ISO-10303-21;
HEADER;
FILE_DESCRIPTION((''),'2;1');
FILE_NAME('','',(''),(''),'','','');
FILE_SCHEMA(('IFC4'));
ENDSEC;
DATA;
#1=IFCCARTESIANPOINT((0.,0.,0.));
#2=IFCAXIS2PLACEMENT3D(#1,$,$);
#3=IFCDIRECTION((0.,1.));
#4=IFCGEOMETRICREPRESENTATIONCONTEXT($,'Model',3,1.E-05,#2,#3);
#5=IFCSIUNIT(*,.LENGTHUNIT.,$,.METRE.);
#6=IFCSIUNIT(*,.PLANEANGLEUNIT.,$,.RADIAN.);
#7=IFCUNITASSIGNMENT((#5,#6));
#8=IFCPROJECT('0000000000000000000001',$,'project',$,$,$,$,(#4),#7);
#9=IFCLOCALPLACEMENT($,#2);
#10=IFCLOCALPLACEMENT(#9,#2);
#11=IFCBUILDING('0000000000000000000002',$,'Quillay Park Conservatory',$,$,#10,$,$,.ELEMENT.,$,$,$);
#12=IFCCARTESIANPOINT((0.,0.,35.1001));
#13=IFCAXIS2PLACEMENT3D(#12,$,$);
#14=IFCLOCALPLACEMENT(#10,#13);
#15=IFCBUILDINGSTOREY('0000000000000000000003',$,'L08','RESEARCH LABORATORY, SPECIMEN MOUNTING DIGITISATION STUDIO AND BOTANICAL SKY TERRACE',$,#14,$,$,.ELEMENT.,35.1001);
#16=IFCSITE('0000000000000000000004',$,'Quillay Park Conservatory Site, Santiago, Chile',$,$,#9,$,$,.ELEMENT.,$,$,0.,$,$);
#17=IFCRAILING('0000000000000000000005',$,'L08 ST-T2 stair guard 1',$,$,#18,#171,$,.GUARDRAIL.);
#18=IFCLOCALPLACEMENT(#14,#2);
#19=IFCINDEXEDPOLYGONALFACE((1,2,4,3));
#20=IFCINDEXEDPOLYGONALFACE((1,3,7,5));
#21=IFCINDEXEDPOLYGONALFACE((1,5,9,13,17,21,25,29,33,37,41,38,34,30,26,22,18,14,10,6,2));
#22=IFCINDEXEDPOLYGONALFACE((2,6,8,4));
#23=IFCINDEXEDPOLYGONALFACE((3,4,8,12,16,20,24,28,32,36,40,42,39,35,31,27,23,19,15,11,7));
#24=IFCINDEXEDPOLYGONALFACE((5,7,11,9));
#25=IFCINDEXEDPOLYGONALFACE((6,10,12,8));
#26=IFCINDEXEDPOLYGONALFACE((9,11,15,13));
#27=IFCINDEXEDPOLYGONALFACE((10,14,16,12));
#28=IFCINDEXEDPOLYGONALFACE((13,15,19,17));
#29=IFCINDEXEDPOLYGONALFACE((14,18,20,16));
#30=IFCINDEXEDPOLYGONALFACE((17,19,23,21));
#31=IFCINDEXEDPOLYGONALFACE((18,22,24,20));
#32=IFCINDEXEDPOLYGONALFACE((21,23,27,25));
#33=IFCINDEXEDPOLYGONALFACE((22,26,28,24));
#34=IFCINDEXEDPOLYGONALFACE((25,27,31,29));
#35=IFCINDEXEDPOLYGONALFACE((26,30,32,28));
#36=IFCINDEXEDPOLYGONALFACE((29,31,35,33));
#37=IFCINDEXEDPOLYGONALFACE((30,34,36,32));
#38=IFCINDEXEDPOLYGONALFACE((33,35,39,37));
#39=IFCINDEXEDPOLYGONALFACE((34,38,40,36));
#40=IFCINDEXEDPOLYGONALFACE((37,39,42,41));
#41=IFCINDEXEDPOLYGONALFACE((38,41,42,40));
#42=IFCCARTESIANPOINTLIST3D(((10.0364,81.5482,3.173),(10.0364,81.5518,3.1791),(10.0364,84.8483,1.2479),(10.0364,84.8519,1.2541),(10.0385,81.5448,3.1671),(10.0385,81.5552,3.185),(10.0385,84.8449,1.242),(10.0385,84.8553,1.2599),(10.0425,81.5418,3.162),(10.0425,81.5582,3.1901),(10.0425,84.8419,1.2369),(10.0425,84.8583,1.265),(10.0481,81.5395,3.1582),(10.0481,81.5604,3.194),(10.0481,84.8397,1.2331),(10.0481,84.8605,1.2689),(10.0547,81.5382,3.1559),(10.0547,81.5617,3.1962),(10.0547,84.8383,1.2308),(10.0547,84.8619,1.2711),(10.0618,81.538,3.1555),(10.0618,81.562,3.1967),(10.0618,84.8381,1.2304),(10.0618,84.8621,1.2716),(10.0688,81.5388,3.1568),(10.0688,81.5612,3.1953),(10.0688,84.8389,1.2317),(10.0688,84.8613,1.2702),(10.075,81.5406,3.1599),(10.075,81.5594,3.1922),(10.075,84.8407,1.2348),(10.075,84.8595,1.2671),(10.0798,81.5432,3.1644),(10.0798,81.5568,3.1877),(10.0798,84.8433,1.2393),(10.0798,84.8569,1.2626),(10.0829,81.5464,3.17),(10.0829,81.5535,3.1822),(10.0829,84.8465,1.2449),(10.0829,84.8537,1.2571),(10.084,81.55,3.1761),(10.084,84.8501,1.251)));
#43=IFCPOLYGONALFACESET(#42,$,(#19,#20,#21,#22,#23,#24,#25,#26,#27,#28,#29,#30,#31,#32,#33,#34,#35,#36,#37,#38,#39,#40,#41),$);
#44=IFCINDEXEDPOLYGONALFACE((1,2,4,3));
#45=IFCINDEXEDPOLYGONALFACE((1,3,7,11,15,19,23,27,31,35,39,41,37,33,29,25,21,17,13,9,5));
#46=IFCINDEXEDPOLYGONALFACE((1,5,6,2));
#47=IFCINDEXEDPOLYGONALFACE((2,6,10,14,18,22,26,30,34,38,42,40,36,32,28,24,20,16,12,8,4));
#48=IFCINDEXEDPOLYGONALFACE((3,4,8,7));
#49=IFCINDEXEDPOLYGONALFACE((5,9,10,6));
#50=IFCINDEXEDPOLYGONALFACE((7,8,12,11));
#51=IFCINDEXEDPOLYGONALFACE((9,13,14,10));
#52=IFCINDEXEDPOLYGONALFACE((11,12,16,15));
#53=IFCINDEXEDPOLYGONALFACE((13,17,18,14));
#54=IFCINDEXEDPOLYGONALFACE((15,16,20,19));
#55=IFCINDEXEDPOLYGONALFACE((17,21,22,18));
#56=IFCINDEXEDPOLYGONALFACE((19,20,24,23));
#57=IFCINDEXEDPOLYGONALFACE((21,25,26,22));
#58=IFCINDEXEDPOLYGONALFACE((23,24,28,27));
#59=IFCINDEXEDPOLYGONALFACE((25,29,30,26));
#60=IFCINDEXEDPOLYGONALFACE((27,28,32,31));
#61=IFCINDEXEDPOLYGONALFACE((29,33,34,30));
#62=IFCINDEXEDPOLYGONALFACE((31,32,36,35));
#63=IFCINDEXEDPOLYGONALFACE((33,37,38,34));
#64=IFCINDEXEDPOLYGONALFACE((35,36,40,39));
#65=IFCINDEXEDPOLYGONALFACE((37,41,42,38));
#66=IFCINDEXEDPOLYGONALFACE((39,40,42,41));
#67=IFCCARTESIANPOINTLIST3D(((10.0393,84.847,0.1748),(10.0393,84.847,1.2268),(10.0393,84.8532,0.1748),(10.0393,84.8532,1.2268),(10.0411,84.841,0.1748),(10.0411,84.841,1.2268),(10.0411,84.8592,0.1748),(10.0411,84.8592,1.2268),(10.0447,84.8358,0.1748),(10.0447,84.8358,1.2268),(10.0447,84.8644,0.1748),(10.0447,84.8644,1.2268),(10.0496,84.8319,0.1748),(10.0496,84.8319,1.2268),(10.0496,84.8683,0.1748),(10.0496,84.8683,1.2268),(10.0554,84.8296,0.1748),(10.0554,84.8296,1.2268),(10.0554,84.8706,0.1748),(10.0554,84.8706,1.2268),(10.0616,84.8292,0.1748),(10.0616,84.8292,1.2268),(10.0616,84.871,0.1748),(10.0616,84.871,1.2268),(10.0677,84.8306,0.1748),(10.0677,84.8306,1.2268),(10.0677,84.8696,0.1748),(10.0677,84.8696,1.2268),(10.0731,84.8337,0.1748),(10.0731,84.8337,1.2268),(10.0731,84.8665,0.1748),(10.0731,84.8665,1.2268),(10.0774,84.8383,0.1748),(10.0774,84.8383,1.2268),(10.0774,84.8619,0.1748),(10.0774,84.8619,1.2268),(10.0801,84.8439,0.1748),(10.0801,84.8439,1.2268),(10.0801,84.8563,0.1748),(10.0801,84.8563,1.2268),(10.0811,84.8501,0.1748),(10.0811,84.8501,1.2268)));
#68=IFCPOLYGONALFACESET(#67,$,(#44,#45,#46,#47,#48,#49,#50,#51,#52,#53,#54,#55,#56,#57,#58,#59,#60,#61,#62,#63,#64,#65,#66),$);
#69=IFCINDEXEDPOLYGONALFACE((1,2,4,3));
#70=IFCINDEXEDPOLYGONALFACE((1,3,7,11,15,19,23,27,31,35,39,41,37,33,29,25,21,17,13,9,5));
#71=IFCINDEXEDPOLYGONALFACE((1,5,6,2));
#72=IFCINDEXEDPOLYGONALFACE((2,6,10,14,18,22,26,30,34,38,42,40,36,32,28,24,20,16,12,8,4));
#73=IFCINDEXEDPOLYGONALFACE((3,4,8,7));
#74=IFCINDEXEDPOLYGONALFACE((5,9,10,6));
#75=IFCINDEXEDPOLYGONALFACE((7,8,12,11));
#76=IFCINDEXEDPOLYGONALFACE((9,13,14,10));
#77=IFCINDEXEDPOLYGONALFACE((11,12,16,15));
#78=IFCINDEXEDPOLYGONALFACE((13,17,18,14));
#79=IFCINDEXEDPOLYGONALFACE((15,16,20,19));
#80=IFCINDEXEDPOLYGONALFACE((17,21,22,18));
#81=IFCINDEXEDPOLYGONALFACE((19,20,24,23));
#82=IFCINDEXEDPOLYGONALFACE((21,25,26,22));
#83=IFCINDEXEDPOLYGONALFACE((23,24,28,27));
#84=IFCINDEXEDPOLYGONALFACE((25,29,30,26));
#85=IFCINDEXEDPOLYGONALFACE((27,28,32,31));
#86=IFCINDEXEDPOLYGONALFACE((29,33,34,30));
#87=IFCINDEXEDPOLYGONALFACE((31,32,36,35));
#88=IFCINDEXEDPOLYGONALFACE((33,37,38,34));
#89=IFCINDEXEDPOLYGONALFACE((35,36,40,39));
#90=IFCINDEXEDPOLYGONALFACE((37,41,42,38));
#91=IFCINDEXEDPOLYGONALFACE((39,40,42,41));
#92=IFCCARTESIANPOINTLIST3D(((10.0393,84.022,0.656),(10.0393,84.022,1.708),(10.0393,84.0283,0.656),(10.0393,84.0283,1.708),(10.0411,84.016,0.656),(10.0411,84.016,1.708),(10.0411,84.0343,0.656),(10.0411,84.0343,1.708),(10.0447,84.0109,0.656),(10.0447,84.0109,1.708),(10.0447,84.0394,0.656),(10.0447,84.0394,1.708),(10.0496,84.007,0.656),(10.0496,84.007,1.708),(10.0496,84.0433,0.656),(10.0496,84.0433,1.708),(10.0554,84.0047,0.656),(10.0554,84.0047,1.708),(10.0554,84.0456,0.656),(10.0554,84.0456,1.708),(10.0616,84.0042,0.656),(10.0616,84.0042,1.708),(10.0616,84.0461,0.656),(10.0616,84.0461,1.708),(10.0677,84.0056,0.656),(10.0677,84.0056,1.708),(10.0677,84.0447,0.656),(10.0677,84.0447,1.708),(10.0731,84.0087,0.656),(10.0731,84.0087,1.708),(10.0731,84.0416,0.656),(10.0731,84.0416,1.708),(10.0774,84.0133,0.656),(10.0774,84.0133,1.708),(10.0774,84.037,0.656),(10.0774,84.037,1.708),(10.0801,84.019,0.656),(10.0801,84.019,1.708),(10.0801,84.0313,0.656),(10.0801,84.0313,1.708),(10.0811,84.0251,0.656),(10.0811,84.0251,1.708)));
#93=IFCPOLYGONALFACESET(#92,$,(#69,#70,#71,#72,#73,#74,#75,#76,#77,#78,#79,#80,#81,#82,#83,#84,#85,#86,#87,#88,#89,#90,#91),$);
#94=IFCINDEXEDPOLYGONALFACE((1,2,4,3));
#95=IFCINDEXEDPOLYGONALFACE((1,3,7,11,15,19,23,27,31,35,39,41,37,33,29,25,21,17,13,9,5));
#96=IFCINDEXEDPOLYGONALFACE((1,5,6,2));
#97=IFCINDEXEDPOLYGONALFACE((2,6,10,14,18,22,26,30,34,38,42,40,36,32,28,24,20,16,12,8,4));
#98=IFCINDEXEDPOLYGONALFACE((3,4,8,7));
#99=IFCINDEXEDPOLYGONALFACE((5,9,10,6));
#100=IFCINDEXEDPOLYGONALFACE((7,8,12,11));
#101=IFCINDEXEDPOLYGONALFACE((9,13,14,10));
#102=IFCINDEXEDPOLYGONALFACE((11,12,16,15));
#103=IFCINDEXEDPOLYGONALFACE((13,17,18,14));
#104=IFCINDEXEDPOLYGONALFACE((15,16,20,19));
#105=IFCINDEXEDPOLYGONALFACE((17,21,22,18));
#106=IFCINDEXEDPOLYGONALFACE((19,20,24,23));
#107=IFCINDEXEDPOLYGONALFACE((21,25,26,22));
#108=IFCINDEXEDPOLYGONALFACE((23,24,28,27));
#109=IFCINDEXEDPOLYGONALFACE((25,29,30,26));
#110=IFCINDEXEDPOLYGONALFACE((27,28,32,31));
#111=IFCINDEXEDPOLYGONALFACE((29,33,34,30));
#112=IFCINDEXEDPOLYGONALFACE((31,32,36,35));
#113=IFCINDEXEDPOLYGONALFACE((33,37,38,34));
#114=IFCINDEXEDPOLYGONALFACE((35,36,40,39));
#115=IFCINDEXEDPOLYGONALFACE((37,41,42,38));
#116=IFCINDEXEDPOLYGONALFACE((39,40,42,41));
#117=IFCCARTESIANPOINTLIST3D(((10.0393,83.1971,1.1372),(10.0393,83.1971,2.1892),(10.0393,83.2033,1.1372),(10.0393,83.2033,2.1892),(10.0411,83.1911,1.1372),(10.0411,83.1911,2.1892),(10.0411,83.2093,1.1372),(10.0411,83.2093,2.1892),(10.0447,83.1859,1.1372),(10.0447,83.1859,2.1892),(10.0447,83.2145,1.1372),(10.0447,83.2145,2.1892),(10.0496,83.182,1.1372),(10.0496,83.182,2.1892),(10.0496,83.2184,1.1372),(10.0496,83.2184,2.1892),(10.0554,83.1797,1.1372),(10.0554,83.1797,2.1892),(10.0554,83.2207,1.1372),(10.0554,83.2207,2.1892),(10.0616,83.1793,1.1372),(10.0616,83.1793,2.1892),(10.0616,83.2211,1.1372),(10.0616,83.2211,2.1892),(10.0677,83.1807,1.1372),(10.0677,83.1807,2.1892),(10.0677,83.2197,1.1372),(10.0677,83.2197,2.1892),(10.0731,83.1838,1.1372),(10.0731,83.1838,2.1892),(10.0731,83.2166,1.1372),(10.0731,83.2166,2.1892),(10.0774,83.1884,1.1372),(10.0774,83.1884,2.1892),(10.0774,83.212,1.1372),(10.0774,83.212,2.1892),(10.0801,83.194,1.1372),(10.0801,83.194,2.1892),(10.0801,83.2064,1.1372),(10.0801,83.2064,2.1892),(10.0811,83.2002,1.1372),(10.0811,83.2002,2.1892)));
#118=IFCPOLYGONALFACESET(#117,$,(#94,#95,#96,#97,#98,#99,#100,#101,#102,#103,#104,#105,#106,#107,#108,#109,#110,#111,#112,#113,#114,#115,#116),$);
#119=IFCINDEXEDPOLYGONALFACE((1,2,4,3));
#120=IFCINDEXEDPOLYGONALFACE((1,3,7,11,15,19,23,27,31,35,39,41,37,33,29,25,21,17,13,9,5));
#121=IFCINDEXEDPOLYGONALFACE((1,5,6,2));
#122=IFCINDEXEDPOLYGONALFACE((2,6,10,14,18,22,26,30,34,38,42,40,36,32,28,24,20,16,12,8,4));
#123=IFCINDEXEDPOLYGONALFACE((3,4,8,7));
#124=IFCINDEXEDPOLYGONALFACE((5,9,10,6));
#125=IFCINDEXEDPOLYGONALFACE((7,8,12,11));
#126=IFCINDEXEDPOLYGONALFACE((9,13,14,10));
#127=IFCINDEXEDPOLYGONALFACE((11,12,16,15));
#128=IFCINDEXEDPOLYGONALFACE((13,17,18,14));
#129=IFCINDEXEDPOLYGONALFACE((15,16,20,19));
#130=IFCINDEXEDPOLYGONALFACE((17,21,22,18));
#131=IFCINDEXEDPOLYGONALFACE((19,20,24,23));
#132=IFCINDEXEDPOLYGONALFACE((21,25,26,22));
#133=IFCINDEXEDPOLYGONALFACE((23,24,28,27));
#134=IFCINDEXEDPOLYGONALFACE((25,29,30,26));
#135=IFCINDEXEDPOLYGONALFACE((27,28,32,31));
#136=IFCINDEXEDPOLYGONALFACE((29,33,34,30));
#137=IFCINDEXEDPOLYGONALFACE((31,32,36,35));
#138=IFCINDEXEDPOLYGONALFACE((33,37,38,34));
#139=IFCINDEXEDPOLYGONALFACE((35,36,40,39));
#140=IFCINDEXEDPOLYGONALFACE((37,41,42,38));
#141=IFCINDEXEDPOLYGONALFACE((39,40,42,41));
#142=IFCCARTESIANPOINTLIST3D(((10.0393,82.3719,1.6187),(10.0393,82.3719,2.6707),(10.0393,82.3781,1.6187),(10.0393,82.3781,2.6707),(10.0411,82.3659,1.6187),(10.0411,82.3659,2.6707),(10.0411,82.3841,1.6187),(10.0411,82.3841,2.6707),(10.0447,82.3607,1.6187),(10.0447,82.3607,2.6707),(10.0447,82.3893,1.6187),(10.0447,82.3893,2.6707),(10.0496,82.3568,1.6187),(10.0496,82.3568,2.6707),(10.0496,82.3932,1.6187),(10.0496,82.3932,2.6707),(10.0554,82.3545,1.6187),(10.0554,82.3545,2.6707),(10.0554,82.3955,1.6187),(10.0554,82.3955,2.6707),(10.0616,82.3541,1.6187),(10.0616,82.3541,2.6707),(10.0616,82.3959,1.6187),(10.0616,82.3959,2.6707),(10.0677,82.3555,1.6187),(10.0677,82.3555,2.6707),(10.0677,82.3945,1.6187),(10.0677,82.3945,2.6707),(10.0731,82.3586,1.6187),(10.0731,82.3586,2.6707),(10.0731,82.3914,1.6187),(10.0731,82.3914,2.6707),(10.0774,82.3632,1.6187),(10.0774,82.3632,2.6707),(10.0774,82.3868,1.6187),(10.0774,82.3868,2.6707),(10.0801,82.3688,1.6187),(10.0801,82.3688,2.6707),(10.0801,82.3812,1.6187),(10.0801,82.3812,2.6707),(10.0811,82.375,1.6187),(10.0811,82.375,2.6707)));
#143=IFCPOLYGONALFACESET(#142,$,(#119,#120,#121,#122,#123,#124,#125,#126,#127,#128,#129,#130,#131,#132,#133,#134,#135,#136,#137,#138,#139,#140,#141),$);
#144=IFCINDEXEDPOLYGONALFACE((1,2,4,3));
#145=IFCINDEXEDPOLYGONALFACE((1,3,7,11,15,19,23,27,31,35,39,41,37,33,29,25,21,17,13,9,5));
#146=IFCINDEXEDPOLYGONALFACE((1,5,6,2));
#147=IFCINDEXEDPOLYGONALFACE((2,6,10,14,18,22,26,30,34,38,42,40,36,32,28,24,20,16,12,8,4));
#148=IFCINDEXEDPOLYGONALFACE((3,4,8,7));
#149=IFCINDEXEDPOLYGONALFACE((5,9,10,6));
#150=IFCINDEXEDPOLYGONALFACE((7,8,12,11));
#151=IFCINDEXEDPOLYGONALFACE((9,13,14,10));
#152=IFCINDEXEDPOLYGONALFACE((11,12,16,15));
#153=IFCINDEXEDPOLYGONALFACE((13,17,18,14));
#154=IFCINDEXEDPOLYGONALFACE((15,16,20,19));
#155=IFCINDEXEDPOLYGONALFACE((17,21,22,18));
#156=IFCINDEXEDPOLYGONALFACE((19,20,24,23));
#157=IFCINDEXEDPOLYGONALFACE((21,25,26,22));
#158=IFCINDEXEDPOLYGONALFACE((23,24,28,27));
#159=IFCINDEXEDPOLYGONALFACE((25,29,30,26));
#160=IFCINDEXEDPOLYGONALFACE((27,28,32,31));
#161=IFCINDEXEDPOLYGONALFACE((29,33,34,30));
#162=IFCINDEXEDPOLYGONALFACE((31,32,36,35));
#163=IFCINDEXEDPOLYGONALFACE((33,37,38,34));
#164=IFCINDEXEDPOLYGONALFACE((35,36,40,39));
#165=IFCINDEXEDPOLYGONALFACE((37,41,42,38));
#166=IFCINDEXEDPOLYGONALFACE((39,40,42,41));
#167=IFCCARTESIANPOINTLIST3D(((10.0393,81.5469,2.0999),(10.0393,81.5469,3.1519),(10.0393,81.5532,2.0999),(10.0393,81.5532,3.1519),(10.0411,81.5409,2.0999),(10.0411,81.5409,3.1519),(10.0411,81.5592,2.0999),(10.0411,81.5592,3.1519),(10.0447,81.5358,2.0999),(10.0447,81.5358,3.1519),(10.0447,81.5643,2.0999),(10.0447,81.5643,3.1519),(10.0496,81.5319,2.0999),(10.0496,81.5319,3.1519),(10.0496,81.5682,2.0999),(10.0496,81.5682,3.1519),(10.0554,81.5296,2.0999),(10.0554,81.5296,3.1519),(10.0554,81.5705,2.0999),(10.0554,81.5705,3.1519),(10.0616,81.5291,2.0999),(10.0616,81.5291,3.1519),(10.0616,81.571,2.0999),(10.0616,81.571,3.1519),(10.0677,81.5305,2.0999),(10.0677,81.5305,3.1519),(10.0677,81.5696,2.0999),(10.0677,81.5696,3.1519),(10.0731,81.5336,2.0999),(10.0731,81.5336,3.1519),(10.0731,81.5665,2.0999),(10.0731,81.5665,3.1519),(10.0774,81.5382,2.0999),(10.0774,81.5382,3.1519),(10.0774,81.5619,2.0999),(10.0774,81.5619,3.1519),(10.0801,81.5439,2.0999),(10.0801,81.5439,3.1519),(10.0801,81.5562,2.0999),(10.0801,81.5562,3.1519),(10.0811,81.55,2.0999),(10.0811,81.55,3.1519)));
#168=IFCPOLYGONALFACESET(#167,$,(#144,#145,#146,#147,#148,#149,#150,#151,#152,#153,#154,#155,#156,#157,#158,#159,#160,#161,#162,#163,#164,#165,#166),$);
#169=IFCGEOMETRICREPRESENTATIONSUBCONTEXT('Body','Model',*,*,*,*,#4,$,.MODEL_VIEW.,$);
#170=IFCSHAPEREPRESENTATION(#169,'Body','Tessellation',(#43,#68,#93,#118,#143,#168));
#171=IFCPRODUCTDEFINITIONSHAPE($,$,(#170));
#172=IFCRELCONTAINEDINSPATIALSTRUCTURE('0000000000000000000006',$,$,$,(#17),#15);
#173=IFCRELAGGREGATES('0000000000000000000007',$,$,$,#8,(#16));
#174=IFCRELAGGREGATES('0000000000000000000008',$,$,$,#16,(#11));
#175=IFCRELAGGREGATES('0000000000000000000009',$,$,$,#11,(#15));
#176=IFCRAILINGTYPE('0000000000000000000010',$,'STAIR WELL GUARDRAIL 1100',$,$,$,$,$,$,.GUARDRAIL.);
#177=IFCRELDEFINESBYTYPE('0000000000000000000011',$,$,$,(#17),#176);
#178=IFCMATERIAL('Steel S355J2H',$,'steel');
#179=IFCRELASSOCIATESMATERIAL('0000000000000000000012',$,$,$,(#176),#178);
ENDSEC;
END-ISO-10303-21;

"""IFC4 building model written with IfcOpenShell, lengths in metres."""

from ifc_helpers import new_model, si_unit, direction, frame, origin, origin_2d, place, context, subcontext, project, spatial, circle, extrude, material, type_object, element, save


model = new_model("IFC4")

# Units and contexts
model_context = context("Model", 3, precision=1e-05, world=origin(), true_north=direction((0.0, 1.0)))
body_context = subcontext(model_context, "Body", "Model", "MODEL_VIEW")
ifc_project = project(units=[si_unit("LENGTHUNIT", "METRE"), si_unit("PLANEANGLEUNIT", "RADIAN")], contexts=[model_context])

# Site, building, storey
site_placement = place(None, origin())
site = spatial("IfcSite", under=ifc_project, at=site_placement, Name="Quillay Park Conservatory Site, Santiago, Chile", CompositionType="ELEMENT", RefElevation=0.0)
building_placement = place(site_placement, origin())
building = spatial("IfcBuilding", under=site, at=building_placement, Name="Quillay Park Conservatory", CompositionType="ELEMENT")
storey_placement = place(building_placement, frame((0.0, 0.0, 35.1001)))
storey = spatial("IfcBuildingStorey", under=building, at=storey_placement, Name="L08", Description="RESEARCH LABORATORY, SPECIMEN MOUNTING DIGITISATION STUDIO AND BOTANICAL SKY TERRACE", CompositionType="ELEMENT", Elevation=35.1001)

# Railing
ifc_material_1 = material(Name="Steel S355J2H", Category="steel")
railing_type_1 = type_object("IfcRailingType", Name="STAIR WELL GUARDRAIL 1100", PredefinedType="GUARDRAIL", material=ifc_material_1)
railing_1_placement = place(storey_placement, frame((10.0601, 84.8501, 0.1748)))
element("IfcRailing", 1, at=railing_1_placement, inside=storey, type_object=railing_type_1, Name="L08 ST-T2 stair guard 1", PredefinedType="GUARDRAIL", context=body_context, shape_type="SweptSolid", body=[
    extrude(circle(Radius=0.0239, at=origin_2d()), frame((0.0, 0.0, 1.0762), z_axis=(0.0, -0.863777, 0.503875), x_axis=(1.0, 0.0, 0.0)), (0.0, 0.0, 1.0), 3.8206),
    extrude(circle(Radius=0.021, at=origin_2d()), origin(), (0.0, 0.0, 1.0), 1.052),
    extrude(circle(Radius=0.021, at=origin_2d()), frame((0.0, -0.825, 0.4812)), (0.0, 0.0, 1.0), 1.052),
    extrude(circle(Radius=0.021, at=origin_2d()), frame((0.0, -1.6499, 0.9624)), (0.0, 0.0, 1.0), 1.052),
    extrude(circle(Radius=0.021, at=origin_2d()), frame((0.0, -2.4751, 1.4438)), (0.0, 0.0, 1.0), 1.052),
    extrude(circle(Radius=0.021, at=origin_2d()), frame((0.0, -3.3, 1.925)), (0.0, 0.0, 1.0), 1.052),
])

save(model, "model.ifc")
